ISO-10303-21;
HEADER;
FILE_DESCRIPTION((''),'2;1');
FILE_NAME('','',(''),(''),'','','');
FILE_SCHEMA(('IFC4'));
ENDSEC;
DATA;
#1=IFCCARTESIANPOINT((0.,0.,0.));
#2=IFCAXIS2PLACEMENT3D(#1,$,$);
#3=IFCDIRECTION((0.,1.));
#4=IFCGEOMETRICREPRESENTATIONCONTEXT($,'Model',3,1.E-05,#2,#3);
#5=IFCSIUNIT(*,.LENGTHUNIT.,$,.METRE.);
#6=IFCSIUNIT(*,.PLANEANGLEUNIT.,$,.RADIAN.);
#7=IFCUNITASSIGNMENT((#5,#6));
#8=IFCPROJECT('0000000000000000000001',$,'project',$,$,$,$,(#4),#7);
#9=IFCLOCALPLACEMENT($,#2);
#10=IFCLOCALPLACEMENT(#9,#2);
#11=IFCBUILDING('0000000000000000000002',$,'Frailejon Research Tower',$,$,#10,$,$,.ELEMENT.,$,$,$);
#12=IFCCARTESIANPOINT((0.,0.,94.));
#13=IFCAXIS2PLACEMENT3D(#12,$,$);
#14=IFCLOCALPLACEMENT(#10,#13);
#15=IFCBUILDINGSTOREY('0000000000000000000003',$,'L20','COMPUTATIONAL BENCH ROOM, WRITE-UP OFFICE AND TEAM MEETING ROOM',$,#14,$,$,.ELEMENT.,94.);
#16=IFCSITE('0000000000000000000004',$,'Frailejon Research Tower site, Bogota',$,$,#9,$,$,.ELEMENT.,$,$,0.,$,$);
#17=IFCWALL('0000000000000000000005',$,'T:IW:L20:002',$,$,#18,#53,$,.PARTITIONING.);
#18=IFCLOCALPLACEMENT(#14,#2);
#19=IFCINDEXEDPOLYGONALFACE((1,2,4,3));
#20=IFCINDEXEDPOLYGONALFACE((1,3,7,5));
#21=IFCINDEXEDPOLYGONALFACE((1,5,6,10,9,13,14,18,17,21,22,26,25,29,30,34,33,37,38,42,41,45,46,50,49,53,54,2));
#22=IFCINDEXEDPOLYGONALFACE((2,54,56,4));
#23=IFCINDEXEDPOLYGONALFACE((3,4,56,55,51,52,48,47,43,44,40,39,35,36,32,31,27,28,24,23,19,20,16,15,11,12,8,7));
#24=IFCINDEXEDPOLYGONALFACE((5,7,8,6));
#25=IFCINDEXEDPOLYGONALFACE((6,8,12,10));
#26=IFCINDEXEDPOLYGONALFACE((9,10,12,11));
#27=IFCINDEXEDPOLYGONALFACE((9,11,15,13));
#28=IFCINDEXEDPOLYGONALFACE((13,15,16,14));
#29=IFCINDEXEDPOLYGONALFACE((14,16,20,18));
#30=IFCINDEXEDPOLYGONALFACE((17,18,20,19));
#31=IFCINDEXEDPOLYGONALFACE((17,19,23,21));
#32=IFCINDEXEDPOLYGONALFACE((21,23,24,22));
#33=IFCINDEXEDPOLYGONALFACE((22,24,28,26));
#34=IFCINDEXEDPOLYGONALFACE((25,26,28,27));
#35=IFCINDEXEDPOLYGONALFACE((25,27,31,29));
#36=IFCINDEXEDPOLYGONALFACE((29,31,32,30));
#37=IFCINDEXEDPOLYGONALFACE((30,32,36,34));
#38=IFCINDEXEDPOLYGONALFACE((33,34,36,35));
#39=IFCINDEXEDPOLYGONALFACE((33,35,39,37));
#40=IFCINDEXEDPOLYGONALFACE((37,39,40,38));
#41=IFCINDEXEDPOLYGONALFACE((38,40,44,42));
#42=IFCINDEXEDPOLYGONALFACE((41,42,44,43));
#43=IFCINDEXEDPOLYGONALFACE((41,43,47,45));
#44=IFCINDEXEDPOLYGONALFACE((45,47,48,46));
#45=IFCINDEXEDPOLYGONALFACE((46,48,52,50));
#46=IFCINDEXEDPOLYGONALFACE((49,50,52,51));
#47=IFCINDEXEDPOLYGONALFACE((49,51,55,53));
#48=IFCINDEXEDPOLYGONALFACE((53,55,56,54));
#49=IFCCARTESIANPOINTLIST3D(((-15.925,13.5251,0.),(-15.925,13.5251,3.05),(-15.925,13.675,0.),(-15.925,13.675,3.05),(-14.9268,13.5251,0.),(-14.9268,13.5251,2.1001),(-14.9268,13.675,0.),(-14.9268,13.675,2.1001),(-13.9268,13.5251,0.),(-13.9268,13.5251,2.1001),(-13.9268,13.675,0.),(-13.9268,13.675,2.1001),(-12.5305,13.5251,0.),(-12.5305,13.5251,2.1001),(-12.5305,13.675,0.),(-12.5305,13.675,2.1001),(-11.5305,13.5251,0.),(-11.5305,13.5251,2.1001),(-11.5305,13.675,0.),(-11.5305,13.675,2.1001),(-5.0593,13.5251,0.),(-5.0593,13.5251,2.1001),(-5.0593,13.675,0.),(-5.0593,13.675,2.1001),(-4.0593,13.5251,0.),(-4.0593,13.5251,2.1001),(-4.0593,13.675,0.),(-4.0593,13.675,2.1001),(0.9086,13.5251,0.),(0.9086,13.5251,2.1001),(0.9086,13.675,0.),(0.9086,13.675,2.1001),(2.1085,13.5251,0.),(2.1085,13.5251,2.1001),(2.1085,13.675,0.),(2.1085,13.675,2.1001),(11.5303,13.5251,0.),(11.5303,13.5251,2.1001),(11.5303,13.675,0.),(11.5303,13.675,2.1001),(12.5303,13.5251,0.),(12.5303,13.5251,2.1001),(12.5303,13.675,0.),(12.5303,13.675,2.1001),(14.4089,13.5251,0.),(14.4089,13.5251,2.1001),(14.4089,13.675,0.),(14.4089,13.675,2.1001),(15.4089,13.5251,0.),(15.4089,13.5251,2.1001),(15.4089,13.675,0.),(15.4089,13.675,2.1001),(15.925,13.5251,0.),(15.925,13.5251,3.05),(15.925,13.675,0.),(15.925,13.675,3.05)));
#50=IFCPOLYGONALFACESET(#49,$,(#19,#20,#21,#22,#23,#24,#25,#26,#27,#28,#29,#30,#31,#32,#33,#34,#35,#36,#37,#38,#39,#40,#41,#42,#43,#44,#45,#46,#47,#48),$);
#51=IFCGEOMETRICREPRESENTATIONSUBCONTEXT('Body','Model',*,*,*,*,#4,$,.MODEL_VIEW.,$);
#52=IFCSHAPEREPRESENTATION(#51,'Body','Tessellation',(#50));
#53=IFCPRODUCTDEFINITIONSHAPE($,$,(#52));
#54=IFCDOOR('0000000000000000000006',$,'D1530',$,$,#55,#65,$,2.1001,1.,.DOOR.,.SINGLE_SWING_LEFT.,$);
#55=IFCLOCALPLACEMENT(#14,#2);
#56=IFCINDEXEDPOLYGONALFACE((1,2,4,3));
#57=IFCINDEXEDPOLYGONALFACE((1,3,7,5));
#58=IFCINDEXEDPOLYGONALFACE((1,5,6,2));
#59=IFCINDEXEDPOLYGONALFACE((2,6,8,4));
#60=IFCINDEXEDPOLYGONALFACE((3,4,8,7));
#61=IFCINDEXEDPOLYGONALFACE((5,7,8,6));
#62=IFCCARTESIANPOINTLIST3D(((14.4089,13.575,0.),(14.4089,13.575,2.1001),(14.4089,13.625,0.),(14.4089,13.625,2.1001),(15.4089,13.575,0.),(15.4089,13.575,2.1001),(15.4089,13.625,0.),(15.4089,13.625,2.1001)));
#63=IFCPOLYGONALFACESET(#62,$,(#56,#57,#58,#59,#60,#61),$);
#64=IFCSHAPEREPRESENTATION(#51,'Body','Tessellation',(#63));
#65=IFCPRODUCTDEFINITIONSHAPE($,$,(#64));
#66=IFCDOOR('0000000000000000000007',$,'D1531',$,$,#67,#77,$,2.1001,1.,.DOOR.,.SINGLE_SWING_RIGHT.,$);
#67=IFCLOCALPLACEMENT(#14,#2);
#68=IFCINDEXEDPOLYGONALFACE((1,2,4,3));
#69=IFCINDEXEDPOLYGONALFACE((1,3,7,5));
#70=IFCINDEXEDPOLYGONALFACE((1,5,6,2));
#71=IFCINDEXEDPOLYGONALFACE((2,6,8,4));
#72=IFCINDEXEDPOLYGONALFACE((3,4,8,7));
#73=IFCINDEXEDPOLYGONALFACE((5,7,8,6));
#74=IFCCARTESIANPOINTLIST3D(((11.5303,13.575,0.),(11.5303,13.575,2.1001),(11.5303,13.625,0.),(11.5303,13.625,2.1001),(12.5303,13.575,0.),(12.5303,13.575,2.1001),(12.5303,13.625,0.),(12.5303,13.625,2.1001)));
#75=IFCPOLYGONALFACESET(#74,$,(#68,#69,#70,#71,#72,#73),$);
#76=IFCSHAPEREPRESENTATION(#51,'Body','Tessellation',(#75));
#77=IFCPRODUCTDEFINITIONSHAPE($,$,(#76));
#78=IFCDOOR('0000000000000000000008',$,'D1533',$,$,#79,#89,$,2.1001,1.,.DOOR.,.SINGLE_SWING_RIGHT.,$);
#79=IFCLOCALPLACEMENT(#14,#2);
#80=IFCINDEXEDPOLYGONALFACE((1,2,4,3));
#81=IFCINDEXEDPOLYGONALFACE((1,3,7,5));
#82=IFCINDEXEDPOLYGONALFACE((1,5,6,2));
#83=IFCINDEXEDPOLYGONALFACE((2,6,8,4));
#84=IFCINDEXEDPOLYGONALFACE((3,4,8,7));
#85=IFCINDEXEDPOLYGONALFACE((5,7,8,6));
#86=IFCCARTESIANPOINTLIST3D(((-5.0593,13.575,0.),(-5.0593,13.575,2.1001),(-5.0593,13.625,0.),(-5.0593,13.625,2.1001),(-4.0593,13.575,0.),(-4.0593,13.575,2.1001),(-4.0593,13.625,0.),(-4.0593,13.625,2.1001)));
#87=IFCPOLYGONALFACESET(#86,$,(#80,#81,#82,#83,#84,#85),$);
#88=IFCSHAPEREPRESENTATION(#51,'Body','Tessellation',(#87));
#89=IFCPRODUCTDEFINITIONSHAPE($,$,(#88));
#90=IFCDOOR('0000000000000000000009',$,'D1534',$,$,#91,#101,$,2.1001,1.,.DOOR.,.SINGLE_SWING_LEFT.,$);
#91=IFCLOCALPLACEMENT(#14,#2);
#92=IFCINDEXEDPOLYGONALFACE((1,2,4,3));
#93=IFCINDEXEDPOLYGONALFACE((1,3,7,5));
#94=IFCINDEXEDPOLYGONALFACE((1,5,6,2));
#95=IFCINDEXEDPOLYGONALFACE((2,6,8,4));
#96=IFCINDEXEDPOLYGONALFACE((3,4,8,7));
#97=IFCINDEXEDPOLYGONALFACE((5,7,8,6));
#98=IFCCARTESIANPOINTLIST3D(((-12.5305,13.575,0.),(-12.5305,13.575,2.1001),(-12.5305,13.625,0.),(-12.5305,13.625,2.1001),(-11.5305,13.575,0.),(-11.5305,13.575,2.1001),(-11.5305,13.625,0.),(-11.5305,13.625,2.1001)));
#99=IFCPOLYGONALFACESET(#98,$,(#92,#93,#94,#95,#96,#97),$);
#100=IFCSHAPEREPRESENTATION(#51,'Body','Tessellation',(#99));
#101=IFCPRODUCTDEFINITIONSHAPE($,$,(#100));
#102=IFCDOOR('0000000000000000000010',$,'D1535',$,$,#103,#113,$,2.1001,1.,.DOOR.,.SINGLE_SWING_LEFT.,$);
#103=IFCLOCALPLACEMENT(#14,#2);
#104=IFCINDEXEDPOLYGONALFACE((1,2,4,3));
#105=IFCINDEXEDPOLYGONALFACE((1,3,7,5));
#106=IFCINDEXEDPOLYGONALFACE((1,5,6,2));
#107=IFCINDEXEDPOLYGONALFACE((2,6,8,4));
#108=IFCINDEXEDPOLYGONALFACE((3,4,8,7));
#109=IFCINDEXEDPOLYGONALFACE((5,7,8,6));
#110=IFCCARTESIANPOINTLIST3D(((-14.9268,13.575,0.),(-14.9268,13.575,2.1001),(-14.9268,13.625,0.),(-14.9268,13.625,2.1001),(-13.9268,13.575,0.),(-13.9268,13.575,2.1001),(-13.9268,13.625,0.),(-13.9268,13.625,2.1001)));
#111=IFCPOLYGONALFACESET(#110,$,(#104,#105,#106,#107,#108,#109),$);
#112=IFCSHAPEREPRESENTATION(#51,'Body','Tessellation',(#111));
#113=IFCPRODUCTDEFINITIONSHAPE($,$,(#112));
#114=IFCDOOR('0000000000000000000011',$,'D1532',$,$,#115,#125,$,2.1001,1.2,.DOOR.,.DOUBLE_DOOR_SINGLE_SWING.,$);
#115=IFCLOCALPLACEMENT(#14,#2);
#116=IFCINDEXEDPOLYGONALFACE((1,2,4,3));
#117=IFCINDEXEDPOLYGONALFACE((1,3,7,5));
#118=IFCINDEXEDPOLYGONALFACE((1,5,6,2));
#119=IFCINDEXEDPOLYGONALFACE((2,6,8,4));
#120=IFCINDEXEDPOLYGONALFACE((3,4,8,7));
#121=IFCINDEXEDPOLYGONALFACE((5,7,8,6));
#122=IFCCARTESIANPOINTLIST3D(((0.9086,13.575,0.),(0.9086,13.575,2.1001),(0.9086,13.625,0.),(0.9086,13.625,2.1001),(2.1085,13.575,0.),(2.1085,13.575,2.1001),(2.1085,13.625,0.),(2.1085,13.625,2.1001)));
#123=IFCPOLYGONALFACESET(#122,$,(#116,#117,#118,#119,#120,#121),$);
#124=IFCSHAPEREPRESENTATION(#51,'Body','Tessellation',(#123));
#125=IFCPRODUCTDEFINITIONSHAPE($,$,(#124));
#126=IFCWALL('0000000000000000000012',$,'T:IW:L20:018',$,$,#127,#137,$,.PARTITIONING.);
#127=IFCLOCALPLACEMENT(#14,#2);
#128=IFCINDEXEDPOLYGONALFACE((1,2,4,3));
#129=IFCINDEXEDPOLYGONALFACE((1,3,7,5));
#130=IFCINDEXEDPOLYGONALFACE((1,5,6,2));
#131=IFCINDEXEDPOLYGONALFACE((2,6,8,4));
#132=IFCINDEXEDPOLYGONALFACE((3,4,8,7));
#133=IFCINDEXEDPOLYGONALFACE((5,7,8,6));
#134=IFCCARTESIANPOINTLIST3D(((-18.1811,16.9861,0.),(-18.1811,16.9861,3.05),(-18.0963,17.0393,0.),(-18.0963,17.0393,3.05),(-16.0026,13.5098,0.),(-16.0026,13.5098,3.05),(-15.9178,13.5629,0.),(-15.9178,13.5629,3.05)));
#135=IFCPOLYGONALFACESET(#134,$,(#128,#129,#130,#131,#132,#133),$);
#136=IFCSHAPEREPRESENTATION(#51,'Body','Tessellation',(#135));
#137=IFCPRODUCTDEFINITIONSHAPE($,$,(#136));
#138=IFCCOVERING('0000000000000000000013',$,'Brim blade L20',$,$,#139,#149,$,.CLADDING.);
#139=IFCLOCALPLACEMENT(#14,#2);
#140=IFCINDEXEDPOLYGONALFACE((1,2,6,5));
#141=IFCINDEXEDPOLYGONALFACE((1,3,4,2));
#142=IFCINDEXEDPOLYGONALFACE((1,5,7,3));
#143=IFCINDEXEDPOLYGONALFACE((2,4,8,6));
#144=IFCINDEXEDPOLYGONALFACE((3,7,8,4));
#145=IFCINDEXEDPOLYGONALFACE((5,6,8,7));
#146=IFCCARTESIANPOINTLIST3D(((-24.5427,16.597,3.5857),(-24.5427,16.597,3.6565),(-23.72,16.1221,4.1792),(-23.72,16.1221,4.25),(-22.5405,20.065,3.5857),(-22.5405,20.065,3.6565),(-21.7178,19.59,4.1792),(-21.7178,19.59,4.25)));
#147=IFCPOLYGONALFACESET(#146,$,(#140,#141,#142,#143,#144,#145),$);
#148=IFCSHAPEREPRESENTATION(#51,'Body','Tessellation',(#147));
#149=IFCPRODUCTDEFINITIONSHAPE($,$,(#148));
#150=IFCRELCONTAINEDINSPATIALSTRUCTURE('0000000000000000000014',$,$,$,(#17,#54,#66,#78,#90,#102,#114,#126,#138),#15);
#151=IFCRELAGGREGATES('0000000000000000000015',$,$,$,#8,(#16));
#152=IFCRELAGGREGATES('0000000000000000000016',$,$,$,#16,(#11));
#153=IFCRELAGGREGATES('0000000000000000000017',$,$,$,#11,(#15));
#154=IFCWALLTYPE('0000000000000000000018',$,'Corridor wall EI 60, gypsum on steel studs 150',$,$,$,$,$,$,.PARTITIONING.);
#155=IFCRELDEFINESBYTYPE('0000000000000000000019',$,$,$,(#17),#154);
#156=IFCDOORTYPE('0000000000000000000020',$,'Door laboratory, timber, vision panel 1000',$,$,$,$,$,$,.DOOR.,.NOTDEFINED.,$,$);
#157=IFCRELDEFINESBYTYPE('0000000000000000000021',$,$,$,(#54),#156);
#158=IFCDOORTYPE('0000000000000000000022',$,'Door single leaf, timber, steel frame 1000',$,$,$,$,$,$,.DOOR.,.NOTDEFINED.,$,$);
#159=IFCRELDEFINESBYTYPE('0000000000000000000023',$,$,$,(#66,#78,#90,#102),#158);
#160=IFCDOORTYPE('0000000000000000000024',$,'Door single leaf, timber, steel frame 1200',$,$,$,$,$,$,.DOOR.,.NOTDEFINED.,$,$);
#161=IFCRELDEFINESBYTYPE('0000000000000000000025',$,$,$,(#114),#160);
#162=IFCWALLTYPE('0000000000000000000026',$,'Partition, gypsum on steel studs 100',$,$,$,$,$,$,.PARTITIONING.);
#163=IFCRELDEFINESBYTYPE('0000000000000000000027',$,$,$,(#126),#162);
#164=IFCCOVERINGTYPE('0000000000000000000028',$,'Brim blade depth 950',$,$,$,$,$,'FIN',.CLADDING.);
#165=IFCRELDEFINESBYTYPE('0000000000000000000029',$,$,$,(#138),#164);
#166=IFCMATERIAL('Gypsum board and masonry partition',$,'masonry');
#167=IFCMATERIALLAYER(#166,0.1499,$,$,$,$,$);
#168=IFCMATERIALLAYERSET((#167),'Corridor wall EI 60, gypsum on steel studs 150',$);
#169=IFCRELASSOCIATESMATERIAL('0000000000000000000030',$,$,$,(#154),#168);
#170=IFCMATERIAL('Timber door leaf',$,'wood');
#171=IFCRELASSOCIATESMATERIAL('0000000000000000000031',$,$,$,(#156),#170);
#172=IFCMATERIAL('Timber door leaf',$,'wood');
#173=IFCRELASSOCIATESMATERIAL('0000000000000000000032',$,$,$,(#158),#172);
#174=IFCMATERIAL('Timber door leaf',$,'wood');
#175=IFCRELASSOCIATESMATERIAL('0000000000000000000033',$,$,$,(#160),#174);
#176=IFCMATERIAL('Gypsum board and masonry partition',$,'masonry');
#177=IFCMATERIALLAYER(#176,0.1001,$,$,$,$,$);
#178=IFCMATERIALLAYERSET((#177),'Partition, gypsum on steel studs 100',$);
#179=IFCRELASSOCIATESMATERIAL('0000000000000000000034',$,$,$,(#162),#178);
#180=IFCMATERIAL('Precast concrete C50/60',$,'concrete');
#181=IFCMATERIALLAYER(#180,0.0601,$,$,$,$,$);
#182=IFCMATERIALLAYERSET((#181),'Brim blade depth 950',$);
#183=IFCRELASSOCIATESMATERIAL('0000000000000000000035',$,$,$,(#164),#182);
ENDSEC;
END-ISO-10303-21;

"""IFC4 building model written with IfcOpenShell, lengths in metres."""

from ifc_helpers import new_model, si_unit, direction, frame, frame_2d, origin, place, context, subcontext, project, spatial, polyline, rectangle, outline, extrude, material, layer, layer_set, type_object, element, fill, save


model = new_model("IFC4")

# Units and contexts
model_context = context("Model", 3, precision=1e-05, world=origin(), true_north=direction((0.0, 1.0)))
body_context = subcontext(model_context, "Body", "Model", "MODEL_VIEW")
ifc_project = project(units=[si_unit("LENGTHUNIT", "METRE"), si_unit("PLANEANGLEUNIT", "RADIAN")], contexts=[model_context])

# Site, building, storey
site_placement = place(None, origin())
site = spatial("IfcSite", under=ifc_project, at=site_placement, Name="Frailejon Research Tower site, Bogota", CompositionType="ELEMENT", RefElevation=0.0)
building_placement = place(site_placement, origin())
building = spatial("IfcBuilding", under=site, at=building_placement, Name="Frailejon Research Tower", CompositionType="ELEMENT")
storey_placement = place(building_placement, frame((0.0, 0.0, 94.0)))
storey = spatial("IfcBuildingStorey", under=building, at=storey_placement, Name="L20", Description="COMPUTATIONAL BENCH ROOM, WRITE-UP OFFICE AND TEAM MEETING ROOM", CompositionType="ELEMENT", Elevation=94.0)

# Wall, openings, doors
ifc_material_1 = material(Name="Gypsum board and masonry partition", Category="masonry")
ifc_layer_1 = layer(ifc_material_1, 0.1499)
ifc_layer_set_1 = layer_set([ifc_layer_1], Name="Corridor wall EI 60, gypsum on steel studs 150")
wall_type_1 = type_object("IfcWallType", Name="Corridor wall EI 60, gypsum on steel studs 150", PredefinedType="PARTITIONING", material=ifc_layer_set_1)
wall_1_placement = place(storey_placement, frame((-15.925, 13.6001, 0.0), z_axis=(0.0, 0.0, 1.0), x_axis=(1.0, 0.0, 0.0)))
wall_1 = element("IfcWall", 1, at=wall_1_placement, inside=storey, type_object=wall_type_1, Name="T:IW:L20:002", PredefinedType="PARTITIONING", context=body_context, shape_type="SweptSolid", body=[
    extrude(rectangle(XDim=31.8501, YDim=0.1499, at=frame_2d((15.925, 0.0))), origin(), (0.0, 0.0, 1.0), 3.05),
])
opening_1_placement = place(wall_1_placement, frame((30.334, 0.0, 0.0)))
opening_1 = element("IfcOpeningElement", 2, at=opening_1_placement, cuts=wall_1, PredefinedType="OPENING", context=body_context, shape_type="SweptSolid", body=[
    extrude(rectangle(XDim=1.0, YDim=2.1001, at=frame_2d((0.5, 1.05))), frame((0.0, 0.085, 0.0), z_axis=(0.0, -1.0, 0.0), x_axis=(1.0, 0.0, 0.0)), (0.0, 0.0, 1.0), 0.1699),
])
opening_2_placement = place(wall_1_placement, frame((27.4553, 0.0, 0.0)))
opening_2 = element("IfcOpeningElement", 3, at=opening_2_placement, cuts=wall_1, PredefinedType="OPENING", context=body_context, shape_type="SweptSolid", body=[
    extrude(rectangle(XDim=1.0, YDim=2.1001, at=frame_2d((0.5, 1.05))), frame((0.0, 0.085, 0.0), z_axis=(0.0, -1.0, 0.0), x_axis=(1.0, 0.0, 0.0)), (0.0, 0.0, 1.0), 0.1699),
])
opening_3_placement = place(wall_1_placement, frame((16.8335, 0.0, 0.0)))
opening_3 = element("IfcOpeningElement", 4, at=opening_3_placement, cuts=wall_1, PredefinedType="OPENING", context=body_context, shape_type="SweptSolid", body=[
    extrude(rectangle(XDim=1.2, YDim=2.1001, at=frame_2d((0.6001, 1.05))), frame((0.0, 0.085, 0.0), z_axis=(0.0, -1.0, 0.0), x_axis=(1.0, 0.0, 0.0)), (0.0, 0.0, 1.0), 0.1699),
])
opening_4_placement = place(wall_1_placement, frame((10.8657, 0.0, 0.0)))
opening_4 = element("IfcOpeningElement", 5, at=opening_4_placement, cuts=wall_1, PredefinedType="OPENING", context=body_context, shape_type="SweptSolid", body=[
    extrude(rectangle(XDim=1.0, YDim=2.1001, at=frame_2d((0.5, 1.05))), frame((0.0, 0.085, 0.0), z_axis=(0.0, -1.0, 0.0), x_axis=(1.0, 0.0, 0.0)), (0.0, 0.0, 1.0), 0.1699),
])
opening_5_placement = place(wall_1_placement, frame((3.3945, 0.0, 0.0)))
opening_5 = element("IfcOpeningElement", 6, at=opening_5_placement, cuts=wall_1, PredefinedType="OPENING", context=body_context, shape_type="SweptSolid", body=[
    extrude(rectangle(XDim=1.0, YDim=2.1001, at=frame_2d((0.5, 1.05))), frame((0.0, 0.085, 0.0), z_axis=(0.0, -1.0, 0.0), x_axis=(1.0, 0.0, 0.0)), (0.0, 0.0, 1.0), 0.1699),
])
opening_6_placement = place(wall_1_placement, frame((0.9983, 0.0, 0.0)))
opening_6 = element("IfcOpeningElement", 7, at=opening_6_placement, cuts=wall_1, PredefinedType="OPENING", context=body_context, shape_type="SweptSolid", body=[
    extrude(rectangle(XDim=1.0, YDim=2.1001, at=frame_2d((0.5, 1.05))), frame((0.0, 0.085, 0.0), z_axis=(0.0, -1.0, 0.0), x_axis=(1.0, 0.0, 0.0)), (0.0, 0.0, 1.0), 0.1699),
])
ifc_material_2 = material(Name="Timber door leaf", Category="wood")
door_type_1 = type_object("IfcDoorType", Name="Door laboratory, timber, vision panel 1000", OperationType="NOTDEFINED", PredefinedType="DOOR", material=ifc_material_2)
door_1_placement = place(opening_1_placement, origin())
door_1 = element("IfcDoor", 8, at=door_1_placement, inside=storey, type_object=door_type_1, Name="D1530", OperationType="SINGLE_SWING_LEFT", OverallHeight=2.1001, OverallWidth=1.0, PredefinedType="DOOR", context=body_context, shape_type="SweptSolid", body=[
    extrude(rectangle(XDim=1.0, YDim=2.1001, at=frame_2d((0.5, 1.05))), frame((0.0, 0.0249, 0.0), z_axis=(0.0, -1.0, 0.0), x_axis=(1.0, 0.0, 0.0)), (0.0, 0.0, 1.0), 0.05),
])
fill(opening_1, door_1)
ifc_material_3 = material(Name="Timber door leaf", Category="wood")
door_type_2 = type_object("IfcDoorType", Name="Door single leaf, timber, steel frame 1000", OperationType="NOTDEFINED", PredefinedType="DOOR", material=ifc_material_3)
door_2_placement = place(opening_2_placement, origin())
door_2 = element("IfcDoor", 9, at=door_2_placement, inside=storey, type_object=door_type_2, Name="D1531", OperationType="SINGLE_SWING_RIGHT", OverallHeight=2.1001, OverallWidth=1.0, PredefinedType="DOOR", context=body_context, shape_type="SweptSolid", body=[
    extrude(rectangle(XDim=1.0, YDim=2.1001, at=frame_2d((0.5, 1.05))), frame((0.0, 0.0249, 0.0), z_axis=(0.0, -1.0, 0.0), x_axis=(1.0, 0.0, 0.0)), (0.0, 0.0, 1.0), 0.05),
])
fill(opening_2, door_2)
door_3_placement = place(opening_4_placement, origin())
door_3 = element("IfcDoor", 10, at=door_3_placement, inside=storey, type_object=door_type_2, Name="D1533", OperationType="SINGLE_SWING_RIGHT", OverallHeight=2.1001, OverallWidth=1.0, PredefinedType="DOOR", context=body_context, shape_type="SweptSolid", body=[
    extrude(rectangle(XDim=1.0, YDim=2.1001, at=frame_2d((0.5, 1.05))), frame((0.0, 0.0249, 0.0), z_axis=(0.0, -1.0, 0.0), x_axis=(1.0, 0.0, 0.0)), (0.0, 0.0, 1.0), 0.05),
])
fill(opening_4, door_3)
door_4_placement = place(opening_5_placement, origin())
door_4 = element("IfcDoor", 11, at=door_4_placement, inside=storey, type_object=door_type_2, Name="D1534", OperationType="SINGLE_SWING_LEFT", OverallHeight=2.1001, OverallWidth=1.0, PredefinedType="DOOR", context=body_context, shape_type="SweptSolid", body=[
    extrude(rectangle(XDim=1.0, YDim=2.1001, at=frame_2d((0.5, 1.05))), frame((0.0, 0.0249, 0.0), z_axis=(0.0, -1.0, 0.0), x_axis=(1.0, 0.0, 0.0)), (0.0, 0.0, 1.0), 0.05),
])
fill(opening_5, door_4)
door_5_placement = place(opening_6_placement, origin())
door_5 = element("IfcDoor", 12, at=door_5_placement, inside=storey, type_object=door_type_2, Name="D1535", OperationType="SINGLE_SWING_LEFT", OverallHeight=2.1001, OverallWidth=1.0, PredefinedType="DOOR", context=body_context, shape_type="SweptSolid", body=[
    extrude(rectangle(XDim=1.0, YDim=2.1001, at=frame_2d((0.5, 1.05))), frame((0.0, 0.0249, 0.0), z_axis=(0.0, -1.0, 0.0), x_axis=(1.0, 0.0, 0.0)), (0.0, 0.0, 1.0), 0.05),
])
fill(opening_6, door_5)
ifc_material_4 = material(Name="Timber door leaf", Category="wood")
door_type_3 = type_object("IfcDoorType", Name="Door single leaf, timber, steel frame 1200", OperationType="NOTDEFINED", PredefinedType="DOOR", material=ifc_material_4)
door_6_placement = place(opening_3_placement, origin())
door_6 = element("IfcDoor", 13, at=door_6_placement, inside=storey, type_object=door_type_3, Name="D1532", OperationType="DOUBLE_DOOR_SINGLE_SWING", OverallHeight=2.1001, OverallWidth=1.2, PredefinedType="DOOR", context=body_context, shape_type="SweptSolid", body=[
    extrude(rectangle(XDim=1.2, YDim=2.1001, at=frame_2d((0.6001, 1.05))), frame((0.0, 0.0249, 0.0), z_axis=(0.0, -1.0, 0.0), x_axis=(1.0, 0.0, 0.0)), (0.0, 0.0, 1.0), 0.05),
])
fill(opening_3, door_6)

# Wall
ifc_material_5 = material(Name="Gypsum board and masonry partition", Category="masonry")
ifc_layer_2 = layer(ifc_material_5, 0.1001)
ifc_layer_set_2 = layer_set([ifc_layer_2], Name="Partition, gypsum on steel studs 100")
wall_type_2 = type_object("IfcWallType", Name="Partition, gypsum on steel studs 100", PredefinedType="PARTITIONING", material=ifc_layer_set_2)
wall_2_placement = place(storey_placement, frame((-18.1387, 17.0127, 0.0), z_axis=(0.0, 0.0, 1.0), x_axis=(0.53101, -0.847366, 0.0)))
element("IfcWall", 14, at=wall_2_placement, inside=storey, type_object=wall_type_2, Name="T:IW:L20:018", PredefinedType="PARTITIONING", context=body_context, shape_type="SweptSolid", body=[
    extrude(rectangle(XDim=4.1025, YDim=0.1001, at=frame_2d((2.0513, 0.0))), origin(), (0.0, 0.0, 1.0), 3.05),
])

# Covering
ifc_material_6 = material(Name="Precast concrete C50/60", Category="concrete")
ifc_layer_3 = layer(ifc_material_6, 0.0601)
ifc_layer_set_3 = layer_set([ifc_layer_3], Name="Brim blade depth 950")
covering_type = type_object("IfcCoveringType", Name="Brim blade depth 950", ElementType="FIN", PredefinedType="CLADDING", material=ifc_layer_set_3)
covering_placement = place(storey_placement, frame((-23.72, 16.1221, 4.25), z_axis=(0.499994, 0.866029, 0.0), x_axis=(-0.866029, 0.499994, 0.0)))
element("IfcCovering", 15, at=covering_placement, inside=storey, type_object=covering_type, Name="Brim blade L20", PredefinedType="CLADDING", context=body_context, shape_type="SweptSolid", body=[
    extrude(outline(polyline([(0.0, -0.0708), (0.95, -0.6643), (0.95, -0.5935), (0.0, 0.0), (0.0, -0.0708)])), origin(), (0.0, 0.0, 1.0), 4.0044),
])

save(model, "model.ifc")
